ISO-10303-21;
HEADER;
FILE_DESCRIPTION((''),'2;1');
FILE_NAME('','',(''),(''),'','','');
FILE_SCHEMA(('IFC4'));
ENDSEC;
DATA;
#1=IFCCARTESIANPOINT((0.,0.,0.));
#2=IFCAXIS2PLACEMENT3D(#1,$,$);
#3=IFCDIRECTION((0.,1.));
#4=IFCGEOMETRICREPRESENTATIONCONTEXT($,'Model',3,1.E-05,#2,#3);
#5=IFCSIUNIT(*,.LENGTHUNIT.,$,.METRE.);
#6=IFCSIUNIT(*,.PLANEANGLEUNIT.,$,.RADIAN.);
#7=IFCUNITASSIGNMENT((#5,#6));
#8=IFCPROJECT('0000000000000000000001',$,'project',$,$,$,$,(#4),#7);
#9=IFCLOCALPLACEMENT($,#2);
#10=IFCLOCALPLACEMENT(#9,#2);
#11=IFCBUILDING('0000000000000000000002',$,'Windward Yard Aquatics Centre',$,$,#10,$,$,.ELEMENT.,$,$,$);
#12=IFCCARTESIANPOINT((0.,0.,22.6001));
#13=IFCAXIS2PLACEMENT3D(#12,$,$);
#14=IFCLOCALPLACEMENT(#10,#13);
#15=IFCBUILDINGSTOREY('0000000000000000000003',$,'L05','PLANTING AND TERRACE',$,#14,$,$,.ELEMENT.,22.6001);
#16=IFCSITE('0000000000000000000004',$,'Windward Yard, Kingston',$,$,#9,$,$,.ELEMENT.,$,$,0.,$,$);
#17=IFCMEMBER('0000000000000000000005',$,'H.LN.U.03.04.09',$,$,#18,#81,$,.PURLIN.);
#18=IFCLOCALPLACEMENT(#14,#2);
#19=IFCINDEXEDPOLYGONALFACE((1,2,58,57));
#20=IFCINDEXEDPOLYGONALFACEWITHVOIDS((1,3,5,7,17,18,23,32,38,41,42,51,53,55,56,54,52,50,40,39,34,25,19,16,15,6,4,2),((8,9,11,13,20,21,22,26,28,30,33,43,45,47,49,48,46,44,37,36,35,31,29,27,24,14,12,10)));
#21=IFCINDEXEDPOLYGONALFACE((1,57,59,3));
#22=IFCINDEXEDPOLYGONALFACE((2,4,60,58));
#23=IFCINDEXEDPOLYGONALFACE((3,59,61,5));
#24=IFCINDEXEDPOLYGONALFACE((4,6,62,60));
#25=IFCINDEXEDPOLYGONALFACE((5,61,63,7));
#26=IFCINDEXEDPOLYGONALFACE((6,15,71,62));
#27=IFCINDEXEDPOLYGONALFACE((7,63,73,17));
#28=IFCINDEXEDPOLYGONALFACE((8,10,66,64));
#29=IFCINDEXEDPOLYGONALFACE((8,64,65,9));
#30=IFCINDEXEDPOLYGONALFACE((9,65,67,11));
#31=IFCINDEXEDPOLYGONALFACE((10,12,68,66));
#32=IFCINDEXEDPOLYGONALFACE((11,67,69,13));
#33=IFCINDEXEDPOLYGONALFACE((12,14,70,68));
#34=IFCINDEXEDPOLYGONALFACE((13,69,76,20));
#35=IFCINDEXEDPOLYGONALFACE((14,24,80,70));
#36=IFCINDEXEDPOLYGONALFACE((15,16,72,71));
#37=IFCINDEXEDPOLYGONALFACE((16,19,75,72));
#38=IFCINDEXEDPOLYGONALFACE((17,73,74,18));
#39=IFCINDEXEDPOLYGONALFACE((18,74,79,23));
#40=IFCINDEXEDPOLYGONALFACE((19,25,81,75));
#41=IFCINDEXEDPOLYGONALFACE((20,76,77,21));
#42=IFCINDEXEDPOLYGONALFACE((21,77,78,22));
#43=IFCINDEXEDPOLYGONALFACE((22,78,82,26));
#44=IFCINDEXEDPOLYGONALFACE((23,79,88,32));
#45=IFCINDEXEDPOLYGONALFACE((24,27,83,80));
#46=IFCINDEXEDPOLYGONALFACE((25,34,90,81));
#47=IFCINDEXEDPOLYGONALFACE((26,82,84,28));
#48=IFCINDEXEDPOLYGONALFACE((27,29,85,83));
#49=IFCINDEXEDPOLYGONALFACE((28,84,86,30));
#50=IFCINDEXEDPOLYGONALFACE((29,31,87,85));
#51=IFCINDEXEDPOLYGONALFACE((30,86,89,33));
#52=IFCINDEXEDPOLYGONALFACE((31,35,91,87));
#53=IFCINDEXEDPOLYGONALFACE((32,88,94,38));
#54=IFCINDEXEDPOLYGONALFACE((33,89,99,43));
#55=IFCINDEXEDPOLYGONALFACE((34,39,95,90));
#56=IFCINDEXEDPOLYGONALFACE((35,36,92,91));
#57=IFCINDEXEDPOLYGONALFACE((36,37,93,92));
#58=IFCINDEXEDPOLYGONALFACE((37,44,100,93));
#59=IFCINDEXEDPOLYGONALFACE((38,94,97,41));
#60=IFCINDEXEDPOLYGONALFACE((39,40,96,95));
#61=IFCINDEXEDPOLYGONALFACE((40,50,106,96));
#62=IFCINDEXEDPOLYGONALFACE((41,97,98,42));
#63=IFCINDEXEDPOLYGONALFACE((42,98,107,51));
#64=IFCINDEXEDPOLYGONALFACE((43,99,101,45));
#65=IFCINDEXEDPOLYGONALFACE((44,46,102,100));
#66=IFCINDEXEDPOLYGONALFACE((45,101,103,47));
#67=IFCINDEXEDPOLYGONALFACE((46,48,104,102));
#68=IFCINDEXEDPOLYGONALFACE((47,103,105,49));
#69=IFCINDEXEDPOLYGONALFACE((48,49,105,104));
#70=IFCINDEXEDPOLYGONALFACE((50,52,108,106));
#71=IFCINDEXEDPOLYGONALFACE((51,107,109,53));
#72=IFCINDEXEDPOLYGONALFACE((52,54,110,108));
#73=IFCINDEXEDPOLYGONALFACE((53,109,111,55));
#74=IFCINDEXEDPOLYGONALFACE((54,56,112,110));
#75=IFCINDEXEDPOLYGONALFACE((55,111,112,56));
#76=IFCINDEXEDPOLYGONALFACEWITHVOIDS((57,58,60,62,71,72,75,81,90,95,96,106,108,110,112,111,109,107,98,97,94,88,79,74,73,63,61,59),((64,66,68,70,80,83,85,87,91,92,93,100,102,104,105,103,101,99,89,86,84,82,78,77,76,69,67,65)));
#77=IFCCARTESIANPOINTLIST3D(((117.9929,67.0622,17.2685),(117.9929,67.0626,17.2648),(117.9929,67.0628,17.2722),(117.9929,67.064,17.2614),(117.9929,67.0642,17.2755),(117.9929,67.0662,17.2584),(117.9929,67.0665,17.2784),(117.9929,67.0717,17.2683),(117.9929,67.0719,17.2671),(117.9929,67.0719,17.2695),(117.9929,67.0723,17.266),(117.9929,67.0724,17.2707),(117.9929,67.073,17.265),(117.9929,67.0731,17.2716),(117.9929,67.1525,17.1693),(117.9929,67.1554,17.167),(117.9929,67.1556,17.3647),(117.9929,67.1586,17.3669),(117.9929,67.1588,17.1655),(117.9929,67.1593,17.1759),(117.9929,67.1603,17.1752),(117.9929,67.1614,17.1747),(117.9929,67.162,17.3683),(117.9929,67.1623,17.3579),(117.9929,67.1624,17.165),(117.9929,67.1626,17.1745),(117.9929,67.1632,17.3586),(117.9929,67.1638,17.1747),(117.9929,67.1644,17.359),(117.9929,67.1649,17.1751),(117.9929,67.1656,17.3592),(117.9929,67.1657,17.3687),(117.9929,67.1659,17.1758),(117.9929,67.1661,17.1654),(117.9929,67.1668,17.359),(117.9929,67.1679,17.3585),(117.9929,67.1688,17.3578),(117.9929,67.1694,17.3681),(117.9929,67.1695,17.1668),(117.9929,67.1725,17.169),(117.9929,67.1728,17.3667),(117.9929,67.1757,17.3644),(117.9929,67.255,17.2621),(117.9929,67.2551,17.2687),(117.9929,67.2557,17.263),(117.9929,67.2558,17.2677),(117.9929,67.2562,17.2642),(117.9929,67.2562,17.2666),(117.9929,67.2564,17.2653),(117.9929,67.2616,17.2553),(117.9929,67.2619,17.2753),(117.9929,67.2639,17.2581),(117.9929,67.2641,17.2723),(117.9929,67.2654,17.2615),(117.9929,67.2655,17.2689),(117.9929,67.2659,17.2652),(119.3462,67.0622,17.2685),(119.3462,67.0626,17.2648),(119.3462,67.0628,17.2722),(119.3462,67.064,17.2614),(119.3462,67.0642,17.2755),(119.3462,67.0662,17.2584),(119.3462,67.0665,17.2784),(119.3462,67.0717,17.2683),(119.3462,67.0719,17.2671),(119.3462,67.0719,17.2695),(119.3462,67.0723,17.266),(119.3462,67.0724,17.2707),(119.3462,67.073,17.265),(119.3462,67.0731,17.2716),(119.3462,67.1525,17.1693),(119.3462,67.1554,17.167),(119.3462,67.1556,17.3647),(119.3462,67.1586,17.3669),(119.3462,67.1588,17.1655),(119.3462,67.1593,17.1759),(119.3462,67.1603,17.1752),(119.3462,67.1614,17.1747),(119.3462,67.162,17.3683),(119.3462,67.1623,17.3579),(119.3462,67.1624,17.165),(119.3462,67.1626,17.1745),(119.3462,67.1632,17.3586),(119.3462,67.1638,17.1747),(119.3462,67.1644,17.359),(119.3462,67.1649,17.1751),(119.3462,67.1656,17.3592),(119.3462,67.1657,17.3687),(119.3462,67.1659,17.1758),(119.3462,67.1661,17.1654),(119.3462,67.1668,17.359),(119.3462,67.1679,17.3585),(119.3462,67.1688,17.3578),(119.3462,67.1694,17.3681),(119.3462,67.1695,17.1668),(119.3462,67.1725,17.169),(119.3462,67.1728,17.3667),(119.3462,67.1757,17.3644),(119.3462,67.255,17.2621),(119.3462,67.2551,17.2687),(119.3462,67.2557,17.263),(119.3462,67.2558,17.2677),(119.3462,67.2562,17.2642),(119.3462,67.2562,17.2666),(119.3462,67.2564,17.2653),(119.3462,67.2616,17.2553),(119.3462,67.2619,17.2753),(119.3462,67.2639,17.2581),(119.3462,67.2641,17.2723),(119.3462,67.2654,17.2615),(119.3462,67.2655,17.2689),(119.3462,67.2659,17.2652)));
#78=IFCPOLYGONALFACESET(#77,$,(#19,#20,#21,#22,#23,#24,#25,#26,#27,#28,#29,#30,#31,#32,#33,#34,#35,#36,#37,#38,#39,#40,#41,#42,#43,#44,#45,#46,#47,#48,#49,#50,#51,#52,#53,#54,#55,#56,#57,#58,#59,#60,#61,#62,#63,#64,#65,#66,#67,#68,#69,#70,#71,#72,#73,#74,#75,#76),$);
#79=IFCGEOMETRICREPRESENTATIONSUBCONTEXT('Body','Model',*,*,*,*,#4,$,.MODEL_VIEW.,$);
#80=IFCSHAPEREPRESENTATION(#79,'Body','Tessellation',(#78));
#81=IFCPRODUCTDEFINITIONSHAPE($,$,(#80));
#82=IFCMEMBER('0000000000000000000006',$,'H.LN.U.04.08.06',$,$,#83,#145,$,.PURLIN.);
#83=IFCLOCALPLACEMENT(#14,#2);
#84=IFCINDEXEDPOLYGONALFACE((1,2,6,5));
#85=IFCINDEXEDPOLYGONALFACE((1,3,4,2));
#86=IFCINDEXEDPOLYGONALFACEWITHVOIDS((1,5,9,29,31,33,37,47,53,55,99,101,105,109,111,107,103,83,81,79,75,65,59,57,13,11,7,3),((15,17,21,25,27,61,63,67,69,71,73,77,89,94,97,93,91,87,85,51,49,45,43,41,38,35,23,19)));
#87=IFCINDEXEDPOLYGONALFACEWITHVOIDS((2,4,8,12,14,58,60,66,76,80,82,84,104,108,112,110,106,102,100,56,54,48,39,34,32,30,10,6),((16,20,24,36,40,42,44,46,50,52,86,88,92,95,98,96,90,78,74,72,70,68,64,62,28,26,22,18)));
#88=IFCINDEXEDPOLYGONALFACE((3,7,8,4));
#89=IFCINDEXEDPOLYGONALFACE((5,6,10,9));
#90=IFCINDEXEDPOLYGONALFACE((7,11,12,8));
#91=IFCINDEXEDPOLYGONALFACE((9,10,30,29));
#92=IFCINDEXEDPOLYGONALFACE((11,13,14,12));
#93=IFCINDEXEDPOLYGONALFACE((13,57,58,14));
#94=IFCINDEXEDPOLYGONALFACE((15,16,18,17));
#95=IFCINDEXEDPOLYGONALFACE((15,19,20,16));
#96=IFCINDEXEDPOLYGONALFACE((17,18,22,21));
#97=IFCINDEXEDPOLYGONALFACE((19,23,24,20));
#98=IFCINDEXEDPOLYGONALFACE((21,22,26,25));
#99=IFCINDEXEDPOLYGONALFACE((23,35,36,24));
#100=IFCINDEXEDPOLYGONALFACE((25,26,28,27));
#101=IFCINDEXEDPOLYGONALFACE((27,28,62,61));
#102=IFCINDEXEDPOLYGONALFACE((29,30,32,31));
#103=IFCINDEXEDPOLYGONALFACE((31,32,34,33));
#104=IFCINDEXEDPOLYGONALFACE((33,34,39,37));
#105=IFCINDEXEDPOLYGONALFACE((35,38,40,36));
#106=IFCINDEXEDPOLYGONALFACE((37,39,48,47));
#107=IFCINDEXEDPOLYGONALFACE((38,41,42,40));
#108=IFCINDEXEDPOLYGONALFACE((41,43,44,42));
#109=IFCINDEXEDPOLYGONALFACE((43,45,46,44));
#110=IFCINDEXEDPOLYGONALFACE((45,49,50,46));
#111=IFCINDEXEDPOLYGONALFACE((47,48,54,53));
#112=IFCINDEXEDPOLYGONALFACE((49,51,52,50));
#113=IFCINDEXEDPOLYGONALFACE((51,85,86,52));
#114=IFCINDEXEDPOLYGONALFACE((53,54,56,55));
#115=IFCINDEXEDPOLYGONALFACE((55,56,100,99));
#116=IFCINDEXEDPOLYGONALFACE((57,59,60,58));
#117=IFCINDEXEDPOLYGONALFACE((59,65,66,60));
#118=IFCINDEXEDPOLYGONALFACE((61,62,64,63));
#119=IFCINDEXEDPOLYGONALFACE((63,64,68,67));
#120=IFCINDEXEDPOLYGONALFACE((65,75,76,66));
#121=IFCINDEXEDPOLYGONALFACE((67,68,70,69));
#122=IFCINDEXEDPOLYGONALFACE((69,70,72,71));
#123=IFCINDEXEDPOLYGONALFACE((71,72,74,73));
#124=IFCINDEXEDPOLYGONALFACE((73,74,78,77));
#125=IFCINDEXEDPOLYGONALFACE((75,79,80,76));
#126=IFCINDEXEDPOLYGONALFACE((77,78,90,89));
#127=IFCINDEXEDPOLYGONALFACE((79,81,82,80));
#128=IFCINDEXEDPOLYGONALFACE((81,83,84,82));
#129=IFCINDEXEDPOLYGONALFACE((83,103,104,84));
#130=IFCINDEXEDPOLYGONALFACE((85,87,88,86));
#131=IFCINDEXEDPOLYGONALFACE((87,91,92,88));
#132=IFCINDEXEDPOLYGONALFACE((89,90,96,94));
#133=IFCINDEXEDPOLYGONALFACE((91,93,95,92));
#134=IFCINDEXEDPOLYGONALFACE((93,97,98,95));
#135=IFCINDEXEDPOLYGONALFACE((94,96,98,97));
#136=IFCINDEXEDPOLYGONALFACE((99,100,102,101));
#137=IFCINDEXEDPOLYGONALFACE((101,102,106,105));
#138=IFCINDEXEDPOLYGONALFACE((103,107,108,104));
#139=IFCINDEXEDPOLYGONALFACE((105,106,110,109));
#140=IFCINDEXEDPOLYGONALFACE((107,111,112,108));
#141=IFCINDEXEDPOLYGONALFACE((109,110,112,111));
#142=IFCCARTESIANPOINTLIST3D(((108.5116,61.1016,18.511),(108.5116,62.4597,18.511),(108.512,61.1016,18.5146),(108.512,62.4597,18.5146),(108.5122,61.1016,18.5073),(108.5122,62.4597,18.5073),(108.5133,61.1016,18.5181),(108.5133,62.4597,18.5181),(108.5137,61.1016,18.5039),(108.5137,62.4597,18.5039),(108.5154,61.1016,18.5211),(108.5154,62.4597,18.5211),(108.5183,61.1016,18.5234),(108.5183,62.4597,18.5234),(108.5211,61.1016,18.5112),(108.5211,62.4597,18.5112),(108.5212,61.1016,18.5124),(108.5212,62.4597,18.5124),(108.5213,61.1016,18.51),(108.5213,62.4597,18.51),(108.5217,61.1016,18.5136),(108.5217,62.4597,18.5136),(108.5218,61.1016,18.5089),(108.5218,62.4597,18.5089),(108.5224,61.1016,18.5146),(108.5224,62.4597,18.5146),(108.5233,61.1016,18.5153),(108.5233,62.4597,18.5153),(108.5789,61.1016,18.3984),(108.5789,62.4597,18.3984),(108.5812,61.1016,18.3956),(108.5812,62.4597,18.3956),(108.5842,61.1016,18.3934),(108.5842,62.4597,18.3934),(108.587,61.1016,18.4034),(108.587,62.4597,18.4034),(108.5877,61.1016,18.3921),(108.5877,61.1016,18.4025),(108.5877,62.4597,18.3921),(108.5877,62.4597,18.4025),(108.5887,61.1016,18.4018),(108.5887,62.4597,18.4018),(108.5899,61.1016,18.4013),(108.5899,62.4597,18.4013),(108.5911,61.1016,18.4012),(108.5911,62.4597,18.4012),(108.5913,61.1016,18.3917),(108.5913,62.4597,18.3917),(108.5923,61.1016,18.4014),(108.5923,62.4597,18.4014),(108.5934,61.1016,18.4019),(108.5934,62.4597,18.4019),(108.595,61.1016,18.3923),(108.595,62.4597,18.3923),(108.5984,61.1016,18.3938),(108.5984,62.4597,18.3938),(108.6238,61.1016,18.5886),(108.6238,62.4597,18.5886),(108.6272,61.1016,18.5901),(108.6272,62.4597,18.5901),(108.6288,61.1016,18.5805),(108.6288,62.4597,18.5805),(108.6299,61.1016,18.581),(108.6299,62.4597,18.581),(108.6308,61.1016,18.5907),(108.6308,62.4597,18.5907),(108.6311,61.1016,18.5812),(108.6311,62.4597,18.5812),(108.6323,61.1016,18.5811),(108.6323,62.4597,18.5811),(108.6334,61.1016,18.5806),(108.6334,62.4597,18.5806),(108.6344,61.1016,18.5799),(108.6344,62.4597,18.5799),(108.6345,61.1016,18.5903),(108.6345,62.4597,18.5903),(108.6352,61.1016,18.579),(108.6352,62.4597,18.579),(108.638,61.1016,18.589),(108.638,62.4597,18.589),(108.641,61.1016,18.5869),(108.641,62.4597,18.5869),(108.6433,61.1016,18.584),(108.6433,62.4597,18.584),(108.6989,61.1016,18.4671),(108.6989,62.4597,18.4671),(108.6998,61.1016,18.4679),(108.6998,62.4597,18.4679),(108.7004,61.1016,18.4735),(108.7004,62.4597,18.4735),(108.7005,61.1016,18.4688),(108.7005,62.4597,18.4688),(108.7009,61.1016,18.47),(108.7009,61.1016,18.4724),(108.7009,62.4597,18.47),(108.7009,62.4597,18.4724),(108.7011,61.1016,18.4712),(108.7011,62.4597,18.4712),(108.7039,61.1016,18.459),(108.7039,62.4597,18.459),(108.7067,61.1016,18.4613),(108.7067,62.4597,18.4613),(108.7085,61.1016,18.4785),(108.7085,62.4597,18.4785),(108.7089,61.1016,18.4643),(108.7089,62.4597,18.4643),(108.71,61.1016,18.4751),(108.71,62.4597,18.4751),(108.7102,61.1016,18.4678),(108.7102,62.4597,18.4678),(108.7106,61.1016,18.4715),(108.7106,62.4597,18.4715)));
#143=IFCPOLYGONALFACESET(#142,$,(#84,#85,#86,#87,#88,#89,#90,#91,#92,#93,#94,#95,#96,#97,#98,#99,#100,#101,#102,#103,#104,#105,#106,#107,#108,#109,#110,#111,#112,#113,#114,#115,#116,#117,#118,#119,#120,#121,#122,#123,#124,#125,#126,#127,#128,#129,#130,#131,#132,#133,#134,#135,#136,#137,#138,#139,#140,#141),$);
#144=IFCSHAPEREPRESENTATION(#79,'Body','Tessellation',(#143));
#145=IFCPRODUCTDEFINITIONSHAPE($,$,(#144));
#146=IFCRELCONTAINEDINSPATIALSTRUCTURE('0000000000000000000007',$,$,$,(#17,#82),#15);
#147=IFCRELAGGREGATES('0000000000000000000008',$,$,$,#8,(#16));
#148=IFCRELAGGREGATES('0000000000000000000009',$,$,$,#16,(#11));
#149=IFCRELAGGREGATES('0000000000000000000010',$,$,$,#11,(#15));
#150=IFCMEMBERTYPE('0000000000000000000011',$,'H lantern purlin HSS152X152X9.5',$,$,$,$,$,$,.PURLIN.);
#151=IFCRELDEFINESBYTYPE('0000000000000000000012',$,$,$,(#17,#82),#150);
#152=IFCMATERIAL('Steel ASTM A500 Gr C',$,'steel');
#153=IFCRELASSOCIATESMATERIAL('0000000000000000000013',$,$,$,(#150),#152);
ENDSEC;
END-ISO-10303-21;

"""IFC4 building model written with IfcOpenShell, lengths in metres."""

from ifc_helpers import new_model, si_unit, direction, frame, origin, origin_2d, place, context, subcontext, project, spatial, hollow_rectangle, extrude, material, material_profile, profile_set, type_object, element, save


model = new_model("IFC4")

# Units and contexts
model_context = context("Model", 3, precision=1e-05, world=origin(), true_north=direction((0.0, 1.0)))
body_context = subcontext(model_context, "Body", "Model", "MODEL_VIEW")
ifc_project = project(units=[si_unit("LENGTHUNIT", "METRE"), si_unit("PLANEANGLEUNIT", "RADIAN")], contexts=[model_context])

# Site, building, storey
site_placement = place(None, origin())
site = spatial("IfcSite", under=ifc_project, at=site_placement, Name="Windward Yard, Kingston", CompositionType="ELEMENT", RefElevation=0.0)
building_placement = place(site_placement, origin())
building = spatial("IfcBuilding", under=site, at=building_placement, Name="Windward Yard Aquatics Centre", CompositionType="ELEMENT")
storey_placement = place(building_placement, frame((0.0, 0.0, 22.6001)))
storey = spatial("IfcBuildingStorey", under=building, at=storey_placement, Name="L05", Description="PLANTING AND TERRACE", CompositionType="ELEMENT", Elevation=22.6001)

# Members
ifc_material_1 = material(Name="Steel ASTM A500 Gr C", Category="steel")
ifc_material_profile = material_profile(ifc_material_1, hollow_rectangle(XDim=0.1523, YDim=0.1523, WallThickness=0.0095, InnerFilletRadius=0.0046, OuterFilletRadius=0.0142, at=origin_2d()), Name="HSS152X152X9.5")
ifc_profile_set = profile_set([ifc_material_profile], Name="Steel ASTM A500 Gr C")
member_type = type_object("IfcMemberType", Name="H lantern purlin HSS152X152X9.5", PredefinedType="PURLIN", material=ifc_profile_set)
member_1_placement = place(storey_placement, frame((117.9929, 67.1641, 17.2668), z_axis=(1.0, 0.0, 0.0), x_axis=(0.0, 0.69555, -0.718477)))
element("IfcMember", 1, at=member_1_placement, inside=storey, type_object=member_type, Name="H.LN.U.03.04.09", PredefinedType="PURLIN", context=body_context, shape_type="SweptSolid", body=[
    extrude(hollow_rectangle(XDim=0.1523, YDim=0.1523, WallThickness=0.0095, InnerFilletRadius=0.0046, OuterFilletRadius=0.0142, at=origin_2d()), origin(), (0.0, 0.0, 1.0), 1.3533),
])
member_2_placement = place(storey_placement, frame((108.6111, 61.1016, 18.4912), z_axis=(0.0, 1.0, 0.0), x_axis=(-0.850755, 0.0, -0.525562)))
element("IfcMember", 2, at=member_2_placement, inside=storey, type_object=member_type, Name="H.LN.U.04.08.06", PredefinedType="PURLIN", context=body_context, shape_type="SweptSolid", body=[
    extrude(hollow_rectangle(XDim=0.1523, YDim=0.1523, WallThickness=0.0095, InnerFilletRadius=0.0046, OuterFilletRadius=0.0142, at=origin_2d()), origin(), (0.0, 0.0, 1.0), 1.3582),
])

save(model, "model.ifc")
